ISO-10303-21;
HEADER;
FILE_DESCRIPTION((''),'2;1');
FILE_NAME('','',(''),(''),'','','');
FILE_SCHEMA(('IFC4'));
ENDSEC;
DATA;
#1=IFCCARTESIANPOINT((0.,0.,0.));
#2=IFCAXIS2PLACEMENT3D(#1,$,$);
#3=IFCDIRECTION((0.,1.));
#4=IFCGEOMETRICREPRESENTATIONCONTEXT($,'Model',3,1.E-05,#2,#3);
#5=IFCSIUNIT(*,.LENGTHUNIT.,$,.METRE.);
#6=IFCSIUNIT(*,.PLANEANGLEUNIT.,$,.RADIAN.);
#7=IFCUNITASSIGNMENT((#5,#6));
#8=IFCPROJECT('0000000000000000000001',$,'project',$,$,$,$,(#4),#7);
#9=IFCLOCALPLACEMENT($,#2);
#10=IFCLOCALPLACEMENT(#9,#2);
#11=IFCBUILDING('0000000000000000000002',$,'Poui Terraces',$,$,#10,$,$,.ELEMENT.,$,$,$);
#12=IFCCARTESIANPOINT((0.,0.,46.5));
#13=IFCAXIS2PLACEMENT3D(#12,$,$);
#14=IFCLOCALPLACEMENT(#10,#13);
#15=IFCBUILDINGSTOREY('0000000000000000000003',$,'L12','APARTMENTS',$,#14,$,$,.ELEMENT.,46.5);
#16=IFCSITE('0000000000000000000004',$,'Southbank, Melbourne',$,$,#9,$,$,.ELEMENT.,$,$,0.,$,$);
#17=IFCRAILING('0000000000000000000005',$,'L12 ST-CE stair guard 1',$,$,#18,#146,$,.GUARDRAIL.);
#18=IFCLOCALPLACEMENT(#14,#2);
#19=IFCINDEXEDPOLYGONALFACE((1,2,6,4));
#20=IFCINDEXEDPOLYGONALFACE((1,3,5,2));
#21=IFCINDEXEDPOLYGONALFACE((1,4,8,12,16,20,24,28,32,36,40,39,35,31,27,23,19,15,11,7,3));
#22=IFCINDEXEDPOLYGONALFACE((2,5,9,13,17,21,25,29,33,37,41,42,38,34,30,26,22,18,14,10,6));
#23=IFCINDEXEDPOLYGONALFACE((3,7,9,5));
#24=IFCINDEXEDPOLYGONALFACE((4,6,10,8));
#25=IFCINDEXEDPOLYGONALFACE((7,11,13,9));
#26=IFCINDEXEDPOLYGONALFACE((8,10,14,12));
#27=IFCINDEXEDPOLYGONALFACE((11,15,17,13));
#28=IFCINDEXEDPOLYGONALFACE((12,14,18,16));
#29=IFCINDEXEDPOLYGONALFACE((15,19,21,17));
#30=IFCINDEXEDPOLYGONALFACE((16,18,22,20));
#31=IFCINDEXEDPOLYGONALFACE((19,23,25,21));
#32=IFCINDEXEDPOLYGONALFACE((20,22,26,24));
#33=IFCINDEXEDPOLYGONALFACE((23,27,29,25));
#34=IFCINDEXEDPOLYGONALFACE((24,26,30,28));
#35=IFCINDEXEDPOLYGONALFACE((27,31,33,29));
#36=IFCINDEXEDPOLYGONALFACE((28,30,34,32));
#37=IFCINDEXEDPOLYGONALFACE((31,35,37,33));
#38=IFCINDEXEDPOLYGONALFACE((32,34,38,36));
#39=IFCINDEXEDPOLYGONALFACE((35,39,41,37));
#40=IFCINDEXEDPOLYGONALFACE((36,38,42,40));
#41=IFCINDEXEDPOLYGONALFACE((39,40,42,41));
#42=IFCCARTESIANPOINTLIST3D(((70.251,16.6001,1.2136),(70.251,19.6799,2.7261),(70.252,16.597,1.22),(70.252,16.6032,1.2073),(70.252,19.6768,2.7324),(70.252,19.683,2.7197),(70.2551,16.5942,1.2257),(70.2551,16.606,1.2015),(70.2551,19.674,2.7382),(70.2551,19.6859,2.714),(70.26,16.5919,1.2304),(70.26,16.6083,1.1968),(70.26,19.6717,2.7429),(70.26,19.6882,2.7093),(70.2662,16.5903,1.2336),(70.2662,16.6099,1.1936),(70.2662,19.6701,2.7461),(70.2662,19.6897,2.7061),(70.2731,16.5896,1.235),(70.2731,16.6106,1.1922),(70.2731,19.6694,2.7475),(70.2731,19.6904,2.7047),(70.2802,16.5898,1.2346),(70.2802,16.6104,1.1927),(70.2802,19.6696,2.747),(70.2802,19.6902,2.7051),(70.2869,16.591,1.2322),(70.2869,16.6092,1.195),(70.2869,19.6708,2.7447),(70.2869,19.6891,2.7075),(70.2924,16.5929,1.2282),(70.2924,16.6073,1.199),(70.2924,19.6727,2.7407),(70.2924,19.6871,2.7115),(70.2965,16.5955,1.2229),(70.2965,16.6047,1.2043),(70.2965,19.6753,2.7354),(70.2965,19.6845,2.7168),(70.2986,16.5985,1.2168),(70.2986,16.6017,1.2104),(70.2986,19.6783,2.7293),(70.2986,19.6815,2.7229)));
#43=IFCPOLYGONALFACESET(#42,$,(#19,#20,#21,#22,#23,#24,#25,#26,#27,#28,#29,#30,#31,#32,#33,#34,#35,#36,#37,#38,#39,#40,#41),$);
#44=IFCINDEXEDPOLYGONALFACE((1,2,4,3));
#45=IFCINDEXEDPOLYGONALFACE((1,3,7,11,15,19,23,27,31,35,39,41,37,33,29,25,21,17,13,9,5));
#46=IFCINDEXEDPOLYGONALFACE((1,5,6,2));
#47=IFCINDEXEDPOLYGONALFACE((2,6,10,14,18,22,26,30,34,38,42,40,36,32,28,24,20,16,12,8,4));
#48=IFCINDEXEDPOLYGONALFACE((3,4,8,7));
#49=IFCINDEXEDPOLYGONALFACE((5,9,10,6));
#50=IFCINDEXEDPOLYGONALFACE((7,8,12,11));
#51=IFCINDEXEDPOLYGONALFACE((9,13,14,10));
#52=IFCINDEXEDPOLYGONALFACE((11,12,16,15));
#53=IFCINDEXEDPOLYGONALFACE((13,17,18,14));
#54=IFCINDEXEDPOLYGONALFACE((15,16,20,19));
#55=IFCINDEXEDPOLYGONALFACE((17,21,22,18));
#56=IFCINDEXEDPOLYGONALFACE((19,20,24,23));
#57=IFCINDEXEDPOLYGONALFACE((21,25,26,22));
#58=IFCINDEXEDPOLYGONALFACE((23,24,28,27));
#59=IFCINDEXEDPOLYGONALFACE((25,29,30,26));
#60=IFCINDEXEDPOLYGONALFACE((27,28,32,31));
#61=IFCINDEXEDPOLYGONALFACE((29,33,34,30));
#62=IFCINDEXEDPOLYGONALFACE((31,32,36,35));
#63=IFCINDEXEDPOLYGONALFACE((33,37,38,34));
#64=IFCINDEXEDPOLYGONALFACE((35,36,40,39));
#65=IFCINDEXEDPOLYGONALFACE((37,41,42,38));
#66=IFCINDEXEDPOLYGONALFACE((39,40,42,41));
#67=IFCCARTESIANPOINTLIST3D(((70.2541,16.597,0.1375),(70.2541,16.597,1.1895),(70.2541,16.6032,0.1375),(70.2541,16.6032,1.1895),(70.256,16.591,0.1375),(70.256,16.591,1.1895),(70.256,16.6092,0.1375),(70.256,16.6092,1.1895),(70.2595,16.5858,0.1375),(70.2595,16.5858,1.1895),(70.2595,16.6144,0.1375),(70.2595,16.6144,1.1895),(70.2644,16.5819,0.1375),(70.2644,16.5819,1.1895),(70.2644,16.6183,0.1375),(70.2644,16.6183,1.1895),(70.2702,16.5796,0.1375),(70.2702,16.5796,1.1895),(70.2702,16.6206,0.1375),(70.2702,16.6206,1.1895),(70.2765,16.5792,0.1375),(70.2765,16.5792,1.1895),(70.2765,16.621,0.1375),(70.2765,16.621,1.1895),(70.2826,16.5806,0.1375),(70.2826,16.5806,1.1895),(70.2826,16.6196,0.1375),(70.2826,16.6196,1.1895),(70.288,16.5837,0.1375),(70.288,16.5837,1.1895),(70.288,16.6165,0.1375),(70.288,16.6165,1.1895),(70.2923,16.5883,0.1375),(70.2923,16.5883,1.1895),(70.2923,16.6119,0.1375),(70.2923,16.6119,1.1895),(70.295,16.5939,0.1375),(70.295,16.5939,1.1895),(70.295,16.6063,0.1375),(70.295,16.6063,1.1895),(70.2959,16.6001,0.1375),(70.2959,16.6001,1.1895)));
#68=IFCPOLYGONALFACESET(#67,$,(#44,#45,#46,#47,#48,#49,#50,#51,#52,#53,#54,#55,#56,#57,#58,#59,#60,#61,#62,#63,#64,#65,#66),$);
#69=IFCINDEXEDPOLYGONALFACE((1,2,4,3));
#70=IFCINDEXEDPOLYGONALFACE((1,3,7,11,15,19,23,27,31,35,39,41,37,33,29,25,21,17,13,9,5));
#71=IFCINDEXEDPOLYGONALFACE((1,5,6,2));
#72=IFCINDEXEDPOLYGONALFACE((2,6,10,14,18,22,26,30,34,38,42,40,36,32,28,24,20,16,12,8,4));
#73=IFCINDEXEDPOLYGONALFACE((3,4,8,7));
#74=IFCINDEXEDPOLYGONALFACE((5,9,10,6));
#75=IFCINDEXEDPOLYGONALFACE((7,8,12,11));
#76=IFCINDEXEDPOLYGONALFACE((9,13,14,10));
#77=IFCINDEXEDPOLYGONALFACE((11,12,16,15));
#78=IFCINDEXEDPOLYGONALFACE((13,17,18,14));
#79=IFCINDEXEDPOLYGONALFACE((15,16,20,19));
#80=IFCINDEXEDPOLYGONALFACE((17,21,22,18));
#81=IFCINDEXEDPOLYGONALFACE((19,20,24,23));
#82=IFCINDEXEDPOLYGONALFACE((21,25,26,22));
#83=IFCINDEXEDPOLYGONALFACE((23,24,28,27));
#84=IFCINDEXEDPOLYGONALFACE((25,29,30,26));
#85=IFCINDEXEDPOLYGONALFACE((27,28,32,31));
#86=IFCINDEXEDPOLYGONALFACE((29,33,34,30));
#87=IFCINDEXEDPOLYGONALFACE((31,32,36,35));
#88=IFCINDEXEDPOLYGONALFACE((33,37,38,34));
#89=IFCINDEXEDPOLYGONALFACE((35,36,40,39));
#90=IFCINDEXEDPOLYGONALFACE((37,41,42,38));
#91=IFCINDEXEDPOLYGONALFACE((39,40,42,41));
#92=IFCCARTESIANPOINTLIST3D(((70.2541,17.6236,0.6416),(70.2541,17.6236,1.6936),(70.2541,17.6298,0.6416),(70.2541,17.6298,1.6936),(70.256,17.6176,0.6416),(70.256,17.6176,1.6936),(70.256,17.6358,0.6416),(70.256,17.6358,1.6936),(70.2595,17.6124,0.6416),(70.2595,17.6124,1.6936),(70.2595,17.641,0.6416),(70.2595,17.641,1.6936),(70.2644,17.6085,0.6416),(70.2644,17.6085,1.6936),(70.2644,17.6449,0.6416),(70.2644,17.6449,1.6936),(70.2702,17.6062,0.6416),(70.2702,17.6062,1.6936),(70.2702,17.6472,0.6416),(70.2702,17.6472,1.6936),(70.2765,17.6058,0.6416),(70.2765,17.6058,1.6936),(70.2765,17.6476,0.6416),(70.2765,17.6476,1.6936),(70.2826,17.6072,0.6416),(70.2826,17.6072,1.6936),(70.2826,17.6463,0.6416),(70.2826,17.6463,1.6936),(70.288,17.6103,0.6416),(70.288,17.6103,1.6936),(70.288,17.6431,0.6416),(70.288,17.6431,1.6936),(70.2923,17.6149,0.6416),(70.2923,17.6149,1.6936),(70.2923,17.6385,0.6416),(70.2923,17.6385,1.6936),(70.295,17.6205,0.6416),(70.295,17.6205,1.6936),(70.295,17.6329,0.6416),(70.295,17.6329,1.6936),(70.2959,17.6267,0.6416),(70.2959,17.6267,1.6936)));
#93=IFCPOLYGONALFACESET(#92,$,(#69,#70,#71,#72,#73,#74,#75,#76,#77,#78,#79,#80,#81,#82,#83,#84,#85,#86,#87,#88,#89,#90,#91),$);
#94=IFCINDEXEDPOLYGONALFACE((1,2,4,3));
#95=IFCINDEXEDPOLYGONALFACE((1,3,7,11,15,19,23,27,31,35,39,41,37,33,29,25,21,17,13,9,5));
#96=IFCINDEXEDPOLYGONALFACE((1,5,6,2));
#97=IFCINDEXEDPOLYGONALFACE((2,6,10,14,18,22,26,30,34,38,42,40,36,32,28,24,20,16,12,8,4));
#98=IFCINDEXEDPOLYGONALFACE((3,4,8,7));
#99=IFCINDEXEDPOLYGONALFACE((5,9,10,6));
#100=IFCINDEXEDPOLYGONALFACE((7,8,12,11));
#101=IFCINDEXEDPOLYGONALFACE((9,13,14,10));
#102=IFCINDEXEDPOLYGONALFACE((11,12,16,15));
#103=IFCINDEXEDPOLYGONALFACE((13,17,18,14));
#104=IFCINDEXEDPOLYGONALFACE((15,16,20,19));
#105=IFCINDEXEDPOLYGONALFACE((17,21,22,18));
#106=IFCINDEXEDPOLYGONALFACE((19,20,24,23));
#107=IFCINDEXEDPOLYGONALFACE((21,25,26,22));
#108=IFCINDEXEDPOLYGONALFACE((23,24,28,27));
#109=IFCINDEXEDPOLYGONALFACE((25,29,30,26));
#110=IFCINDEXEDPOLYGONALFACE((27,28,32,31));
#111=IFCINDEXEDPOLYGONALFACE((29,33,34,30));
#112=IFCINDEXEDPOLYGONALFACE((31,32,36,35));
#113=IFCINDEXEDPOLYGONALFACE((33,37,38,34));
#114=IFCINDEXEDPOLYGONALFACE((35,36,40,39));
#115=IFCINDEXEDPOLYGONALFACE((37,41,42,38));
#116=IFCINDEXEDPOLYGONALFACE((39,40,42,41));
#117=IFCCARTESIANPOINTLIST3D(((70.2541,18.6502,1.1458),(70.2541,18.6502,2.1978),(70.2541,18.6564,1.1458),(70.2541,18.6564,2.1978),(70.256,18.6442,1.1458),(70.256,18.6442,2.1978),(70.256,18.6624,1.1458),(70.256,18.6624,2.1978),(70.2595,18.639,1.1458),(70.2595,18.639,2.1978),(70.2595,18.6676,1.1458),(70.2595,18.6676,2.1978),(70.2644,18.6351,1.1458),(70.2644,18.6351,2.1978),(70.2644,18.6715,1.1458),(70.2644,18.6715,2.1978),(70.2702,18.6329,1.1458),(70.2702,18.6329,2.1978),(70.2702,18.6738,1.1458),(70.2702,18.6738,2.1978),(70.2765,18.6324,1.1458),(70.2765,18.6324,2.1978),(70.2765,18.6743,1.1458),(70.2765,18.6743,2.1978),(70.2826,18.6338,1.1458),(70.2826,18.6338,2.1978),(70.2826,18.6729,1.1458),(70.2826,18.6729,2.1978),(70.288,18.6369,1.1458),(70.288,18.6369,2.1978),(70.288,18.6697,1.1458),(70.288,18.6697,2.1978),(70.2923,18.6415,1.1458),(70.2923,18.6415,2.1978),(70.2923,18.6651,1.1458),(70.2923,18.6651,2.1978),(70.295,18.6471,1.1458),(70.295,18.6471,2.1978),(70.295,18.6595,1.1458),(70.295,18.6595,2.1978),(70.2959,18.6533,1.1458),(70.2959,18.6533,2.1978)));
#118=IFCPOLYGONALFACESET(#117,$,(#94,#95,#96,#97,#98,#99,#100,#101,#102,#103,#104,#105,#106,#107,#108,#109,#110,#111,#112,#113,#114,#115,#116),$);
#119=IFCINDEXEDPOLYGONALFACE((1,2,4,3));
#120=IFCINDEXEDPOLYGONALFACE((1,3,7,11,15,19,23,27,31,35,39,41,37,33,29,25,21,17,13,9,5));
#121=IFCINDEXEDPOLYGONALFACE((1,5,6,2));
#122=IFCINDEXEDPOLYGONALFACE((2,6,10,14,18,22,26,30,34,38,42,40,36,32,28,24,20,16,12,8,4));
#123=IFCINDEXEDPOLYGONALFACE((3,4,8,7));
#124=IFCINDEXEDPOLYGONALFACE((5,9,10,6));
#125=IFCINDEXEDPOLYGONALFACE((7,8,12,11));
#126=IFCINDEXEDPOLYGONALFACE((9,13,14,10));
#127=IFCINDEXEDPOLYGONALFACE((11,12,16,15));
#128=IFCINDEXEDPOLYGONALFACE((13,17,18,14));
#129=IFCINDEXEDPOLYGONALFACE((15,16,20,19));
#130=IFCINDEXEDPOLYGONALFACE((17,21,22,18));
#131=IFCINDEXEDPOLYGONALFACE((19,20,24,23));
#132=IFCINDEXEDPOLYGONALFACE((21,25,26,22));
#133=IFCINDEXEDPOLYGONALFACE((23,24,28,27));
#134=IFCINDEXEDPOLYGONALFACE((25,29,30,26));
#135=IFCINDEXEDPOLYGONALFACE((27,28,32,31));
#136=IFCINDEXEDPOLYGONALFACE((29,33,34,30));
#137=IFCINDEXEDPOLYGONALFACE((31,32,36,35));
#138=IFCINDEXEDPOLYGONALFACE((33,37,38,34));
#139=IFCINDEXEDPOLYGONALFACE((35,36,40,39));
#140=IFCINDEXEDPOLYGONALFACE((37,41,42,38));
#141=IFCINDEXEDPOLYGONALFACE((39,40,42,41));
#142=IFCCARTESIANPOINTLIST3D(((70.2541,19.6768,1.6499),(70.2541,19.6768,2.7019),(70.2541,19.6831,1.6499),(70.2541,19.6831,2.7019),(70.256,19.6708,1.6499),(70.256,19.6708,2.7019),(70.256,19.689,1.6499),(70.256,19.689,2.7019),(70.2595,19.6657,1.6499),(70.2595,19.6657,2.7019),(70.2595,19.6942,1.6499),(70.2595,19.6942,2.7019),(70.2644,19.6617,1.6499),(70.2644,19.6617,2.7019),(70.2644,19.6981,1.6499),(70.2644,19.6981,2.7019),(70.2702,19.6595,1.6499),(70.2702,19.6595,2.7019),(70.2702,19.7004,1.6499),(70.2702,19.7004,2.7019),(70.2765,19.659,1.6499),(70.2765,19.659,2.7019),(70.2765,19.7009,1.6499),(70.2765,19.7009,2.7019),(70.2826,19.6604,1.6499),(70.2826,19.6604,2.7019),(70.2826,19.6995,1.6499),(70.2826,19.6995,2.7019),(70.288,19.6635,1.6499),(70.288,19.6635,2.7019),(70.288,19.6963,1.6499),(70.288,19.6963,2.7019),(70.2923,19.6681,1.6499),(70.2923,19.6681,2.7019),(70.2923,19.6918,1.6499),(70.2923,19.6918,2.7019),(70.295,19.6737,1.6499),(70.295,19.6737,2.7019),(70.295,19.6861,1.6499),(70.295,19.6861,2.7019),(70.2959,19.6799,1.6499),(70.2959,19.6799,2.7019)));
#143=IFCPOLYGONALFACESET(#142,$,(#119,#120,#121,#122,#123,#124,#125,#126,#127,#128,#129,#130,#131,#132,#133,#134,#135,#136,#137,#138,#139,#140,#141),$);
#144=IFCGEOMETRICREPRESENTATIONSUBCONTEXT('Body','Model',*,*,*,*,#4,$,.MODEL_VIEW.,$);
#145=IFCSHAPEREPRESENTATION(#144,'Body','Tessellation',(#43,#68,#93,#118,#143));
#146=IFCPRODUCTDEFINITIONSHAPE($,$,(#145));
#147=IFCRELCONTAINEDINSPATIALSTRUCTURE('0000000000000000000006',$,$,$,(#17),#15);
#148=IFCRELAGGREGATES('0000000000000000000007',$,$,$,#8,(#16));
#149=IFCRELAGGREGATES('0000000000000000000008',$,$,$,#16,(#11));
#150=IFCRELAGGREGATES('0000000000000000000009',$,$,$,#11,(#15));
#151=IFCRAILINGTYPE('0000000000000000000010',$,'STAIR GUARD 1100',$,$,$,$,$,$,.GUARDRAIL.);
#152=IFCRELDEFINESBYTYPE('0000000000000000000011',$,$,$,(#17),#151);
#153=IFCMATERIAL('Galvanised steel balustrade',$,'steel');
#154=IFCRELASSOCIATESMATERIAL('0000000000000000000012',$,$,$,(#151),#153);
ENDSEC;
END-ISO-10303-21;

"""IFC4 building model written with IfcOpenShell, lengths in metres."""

from ifc_helpers import new_model, si_unit, direction, frame, origin, origin_2d, place, context, subcontext, project, spatial, circle, extrude, material, type_object, element, save


model = new_model("IFC4")

# Units and contexts
model_context = context("Model", 3, precision=1e-05, world=origin(), true_north=direction((0.0, 1.0)))
body_context = subcontext(model_context, "Body", "Model", "MODEL_VIEW")
ifc_project = project(units=[si_unit("LENGTHUNIT", "METRE"), si_unit("PLANEANGLEUNIT", "RADIAN")], contexts=[model_context])

# Site, building, storey
site_placement = place(None, origin())
site = spatial("IfcSite", under=ifc_project, at=site_placement, Name="Southbank, Melbourne", CompositionType="ELEMENT", RefElevation=0.0)
building_placement = place(site_placement, origin())
building = spatial("IfcBuilding", under=site, at=building_placement, Name="Poui Terraces", CompositionType="ELEMENT")
storey_placement = place(building_placement, frame((0.0, 0.0, 46.5)))
storey = spatial("IfcBuildingStorey", under=building, at=storey_placement, Name="L12", Description="APARTMENTS", CompositionType="ELEMENT", Elevation=46.5)

# Railing
ifc_material_1 = material(Name="Galvanised steel balustrade", Category="steel")
railing_type = type_object("IfcRailingType", Name="STAIR GUARD 1100", PredefinedType="GUARDRAIL", material=ifc_material_1)
railing_1_placement = place(storey_placement, frame((70.2749, 16.6001, 0.1375)))
element("IfcRailing", 1, at=railing_1_placement, inside=storey, type_object=railing_type, Name="L12 ST-CE stair guard 1", PredefinedType="GUARDRAIL", context=body_context, shape_type="SweptSolid", body=[
    extrude(circle(Radius=0.0239, at=origin_2d()), frame((0.0, 0.0, 1.0762), z_axis=(0.0, 0.897606, 0.440798), x_axis=(-1.0, 0.0, 0.0)), (0.0, 0.0, 1.0), 3.4312),
    extrude(circle(Radius=0.021, at=origin_2d()), origin(), (0.0, 0.0, 1.0), 1.052),
    extrude(circle(Radius=0.021, at=origin_2d()), frame((0.0, 1.0266, 0.5042)), (0.0, 0.0, 1.0), 1.052),
    extrude(circle(Radius=0.021, at=origin_2d()), frame((0.0, 2.0532, 1.0083)), (0.0, 0.0, 1.0), 1.052),
    extrude(circle(Radius=0.021, at=origin_2d()), frame((0.0, 3.0798, 1.5125)), (0.0, 0.0, 1.0), 1.052),
])

save(model, "model.ifc")
